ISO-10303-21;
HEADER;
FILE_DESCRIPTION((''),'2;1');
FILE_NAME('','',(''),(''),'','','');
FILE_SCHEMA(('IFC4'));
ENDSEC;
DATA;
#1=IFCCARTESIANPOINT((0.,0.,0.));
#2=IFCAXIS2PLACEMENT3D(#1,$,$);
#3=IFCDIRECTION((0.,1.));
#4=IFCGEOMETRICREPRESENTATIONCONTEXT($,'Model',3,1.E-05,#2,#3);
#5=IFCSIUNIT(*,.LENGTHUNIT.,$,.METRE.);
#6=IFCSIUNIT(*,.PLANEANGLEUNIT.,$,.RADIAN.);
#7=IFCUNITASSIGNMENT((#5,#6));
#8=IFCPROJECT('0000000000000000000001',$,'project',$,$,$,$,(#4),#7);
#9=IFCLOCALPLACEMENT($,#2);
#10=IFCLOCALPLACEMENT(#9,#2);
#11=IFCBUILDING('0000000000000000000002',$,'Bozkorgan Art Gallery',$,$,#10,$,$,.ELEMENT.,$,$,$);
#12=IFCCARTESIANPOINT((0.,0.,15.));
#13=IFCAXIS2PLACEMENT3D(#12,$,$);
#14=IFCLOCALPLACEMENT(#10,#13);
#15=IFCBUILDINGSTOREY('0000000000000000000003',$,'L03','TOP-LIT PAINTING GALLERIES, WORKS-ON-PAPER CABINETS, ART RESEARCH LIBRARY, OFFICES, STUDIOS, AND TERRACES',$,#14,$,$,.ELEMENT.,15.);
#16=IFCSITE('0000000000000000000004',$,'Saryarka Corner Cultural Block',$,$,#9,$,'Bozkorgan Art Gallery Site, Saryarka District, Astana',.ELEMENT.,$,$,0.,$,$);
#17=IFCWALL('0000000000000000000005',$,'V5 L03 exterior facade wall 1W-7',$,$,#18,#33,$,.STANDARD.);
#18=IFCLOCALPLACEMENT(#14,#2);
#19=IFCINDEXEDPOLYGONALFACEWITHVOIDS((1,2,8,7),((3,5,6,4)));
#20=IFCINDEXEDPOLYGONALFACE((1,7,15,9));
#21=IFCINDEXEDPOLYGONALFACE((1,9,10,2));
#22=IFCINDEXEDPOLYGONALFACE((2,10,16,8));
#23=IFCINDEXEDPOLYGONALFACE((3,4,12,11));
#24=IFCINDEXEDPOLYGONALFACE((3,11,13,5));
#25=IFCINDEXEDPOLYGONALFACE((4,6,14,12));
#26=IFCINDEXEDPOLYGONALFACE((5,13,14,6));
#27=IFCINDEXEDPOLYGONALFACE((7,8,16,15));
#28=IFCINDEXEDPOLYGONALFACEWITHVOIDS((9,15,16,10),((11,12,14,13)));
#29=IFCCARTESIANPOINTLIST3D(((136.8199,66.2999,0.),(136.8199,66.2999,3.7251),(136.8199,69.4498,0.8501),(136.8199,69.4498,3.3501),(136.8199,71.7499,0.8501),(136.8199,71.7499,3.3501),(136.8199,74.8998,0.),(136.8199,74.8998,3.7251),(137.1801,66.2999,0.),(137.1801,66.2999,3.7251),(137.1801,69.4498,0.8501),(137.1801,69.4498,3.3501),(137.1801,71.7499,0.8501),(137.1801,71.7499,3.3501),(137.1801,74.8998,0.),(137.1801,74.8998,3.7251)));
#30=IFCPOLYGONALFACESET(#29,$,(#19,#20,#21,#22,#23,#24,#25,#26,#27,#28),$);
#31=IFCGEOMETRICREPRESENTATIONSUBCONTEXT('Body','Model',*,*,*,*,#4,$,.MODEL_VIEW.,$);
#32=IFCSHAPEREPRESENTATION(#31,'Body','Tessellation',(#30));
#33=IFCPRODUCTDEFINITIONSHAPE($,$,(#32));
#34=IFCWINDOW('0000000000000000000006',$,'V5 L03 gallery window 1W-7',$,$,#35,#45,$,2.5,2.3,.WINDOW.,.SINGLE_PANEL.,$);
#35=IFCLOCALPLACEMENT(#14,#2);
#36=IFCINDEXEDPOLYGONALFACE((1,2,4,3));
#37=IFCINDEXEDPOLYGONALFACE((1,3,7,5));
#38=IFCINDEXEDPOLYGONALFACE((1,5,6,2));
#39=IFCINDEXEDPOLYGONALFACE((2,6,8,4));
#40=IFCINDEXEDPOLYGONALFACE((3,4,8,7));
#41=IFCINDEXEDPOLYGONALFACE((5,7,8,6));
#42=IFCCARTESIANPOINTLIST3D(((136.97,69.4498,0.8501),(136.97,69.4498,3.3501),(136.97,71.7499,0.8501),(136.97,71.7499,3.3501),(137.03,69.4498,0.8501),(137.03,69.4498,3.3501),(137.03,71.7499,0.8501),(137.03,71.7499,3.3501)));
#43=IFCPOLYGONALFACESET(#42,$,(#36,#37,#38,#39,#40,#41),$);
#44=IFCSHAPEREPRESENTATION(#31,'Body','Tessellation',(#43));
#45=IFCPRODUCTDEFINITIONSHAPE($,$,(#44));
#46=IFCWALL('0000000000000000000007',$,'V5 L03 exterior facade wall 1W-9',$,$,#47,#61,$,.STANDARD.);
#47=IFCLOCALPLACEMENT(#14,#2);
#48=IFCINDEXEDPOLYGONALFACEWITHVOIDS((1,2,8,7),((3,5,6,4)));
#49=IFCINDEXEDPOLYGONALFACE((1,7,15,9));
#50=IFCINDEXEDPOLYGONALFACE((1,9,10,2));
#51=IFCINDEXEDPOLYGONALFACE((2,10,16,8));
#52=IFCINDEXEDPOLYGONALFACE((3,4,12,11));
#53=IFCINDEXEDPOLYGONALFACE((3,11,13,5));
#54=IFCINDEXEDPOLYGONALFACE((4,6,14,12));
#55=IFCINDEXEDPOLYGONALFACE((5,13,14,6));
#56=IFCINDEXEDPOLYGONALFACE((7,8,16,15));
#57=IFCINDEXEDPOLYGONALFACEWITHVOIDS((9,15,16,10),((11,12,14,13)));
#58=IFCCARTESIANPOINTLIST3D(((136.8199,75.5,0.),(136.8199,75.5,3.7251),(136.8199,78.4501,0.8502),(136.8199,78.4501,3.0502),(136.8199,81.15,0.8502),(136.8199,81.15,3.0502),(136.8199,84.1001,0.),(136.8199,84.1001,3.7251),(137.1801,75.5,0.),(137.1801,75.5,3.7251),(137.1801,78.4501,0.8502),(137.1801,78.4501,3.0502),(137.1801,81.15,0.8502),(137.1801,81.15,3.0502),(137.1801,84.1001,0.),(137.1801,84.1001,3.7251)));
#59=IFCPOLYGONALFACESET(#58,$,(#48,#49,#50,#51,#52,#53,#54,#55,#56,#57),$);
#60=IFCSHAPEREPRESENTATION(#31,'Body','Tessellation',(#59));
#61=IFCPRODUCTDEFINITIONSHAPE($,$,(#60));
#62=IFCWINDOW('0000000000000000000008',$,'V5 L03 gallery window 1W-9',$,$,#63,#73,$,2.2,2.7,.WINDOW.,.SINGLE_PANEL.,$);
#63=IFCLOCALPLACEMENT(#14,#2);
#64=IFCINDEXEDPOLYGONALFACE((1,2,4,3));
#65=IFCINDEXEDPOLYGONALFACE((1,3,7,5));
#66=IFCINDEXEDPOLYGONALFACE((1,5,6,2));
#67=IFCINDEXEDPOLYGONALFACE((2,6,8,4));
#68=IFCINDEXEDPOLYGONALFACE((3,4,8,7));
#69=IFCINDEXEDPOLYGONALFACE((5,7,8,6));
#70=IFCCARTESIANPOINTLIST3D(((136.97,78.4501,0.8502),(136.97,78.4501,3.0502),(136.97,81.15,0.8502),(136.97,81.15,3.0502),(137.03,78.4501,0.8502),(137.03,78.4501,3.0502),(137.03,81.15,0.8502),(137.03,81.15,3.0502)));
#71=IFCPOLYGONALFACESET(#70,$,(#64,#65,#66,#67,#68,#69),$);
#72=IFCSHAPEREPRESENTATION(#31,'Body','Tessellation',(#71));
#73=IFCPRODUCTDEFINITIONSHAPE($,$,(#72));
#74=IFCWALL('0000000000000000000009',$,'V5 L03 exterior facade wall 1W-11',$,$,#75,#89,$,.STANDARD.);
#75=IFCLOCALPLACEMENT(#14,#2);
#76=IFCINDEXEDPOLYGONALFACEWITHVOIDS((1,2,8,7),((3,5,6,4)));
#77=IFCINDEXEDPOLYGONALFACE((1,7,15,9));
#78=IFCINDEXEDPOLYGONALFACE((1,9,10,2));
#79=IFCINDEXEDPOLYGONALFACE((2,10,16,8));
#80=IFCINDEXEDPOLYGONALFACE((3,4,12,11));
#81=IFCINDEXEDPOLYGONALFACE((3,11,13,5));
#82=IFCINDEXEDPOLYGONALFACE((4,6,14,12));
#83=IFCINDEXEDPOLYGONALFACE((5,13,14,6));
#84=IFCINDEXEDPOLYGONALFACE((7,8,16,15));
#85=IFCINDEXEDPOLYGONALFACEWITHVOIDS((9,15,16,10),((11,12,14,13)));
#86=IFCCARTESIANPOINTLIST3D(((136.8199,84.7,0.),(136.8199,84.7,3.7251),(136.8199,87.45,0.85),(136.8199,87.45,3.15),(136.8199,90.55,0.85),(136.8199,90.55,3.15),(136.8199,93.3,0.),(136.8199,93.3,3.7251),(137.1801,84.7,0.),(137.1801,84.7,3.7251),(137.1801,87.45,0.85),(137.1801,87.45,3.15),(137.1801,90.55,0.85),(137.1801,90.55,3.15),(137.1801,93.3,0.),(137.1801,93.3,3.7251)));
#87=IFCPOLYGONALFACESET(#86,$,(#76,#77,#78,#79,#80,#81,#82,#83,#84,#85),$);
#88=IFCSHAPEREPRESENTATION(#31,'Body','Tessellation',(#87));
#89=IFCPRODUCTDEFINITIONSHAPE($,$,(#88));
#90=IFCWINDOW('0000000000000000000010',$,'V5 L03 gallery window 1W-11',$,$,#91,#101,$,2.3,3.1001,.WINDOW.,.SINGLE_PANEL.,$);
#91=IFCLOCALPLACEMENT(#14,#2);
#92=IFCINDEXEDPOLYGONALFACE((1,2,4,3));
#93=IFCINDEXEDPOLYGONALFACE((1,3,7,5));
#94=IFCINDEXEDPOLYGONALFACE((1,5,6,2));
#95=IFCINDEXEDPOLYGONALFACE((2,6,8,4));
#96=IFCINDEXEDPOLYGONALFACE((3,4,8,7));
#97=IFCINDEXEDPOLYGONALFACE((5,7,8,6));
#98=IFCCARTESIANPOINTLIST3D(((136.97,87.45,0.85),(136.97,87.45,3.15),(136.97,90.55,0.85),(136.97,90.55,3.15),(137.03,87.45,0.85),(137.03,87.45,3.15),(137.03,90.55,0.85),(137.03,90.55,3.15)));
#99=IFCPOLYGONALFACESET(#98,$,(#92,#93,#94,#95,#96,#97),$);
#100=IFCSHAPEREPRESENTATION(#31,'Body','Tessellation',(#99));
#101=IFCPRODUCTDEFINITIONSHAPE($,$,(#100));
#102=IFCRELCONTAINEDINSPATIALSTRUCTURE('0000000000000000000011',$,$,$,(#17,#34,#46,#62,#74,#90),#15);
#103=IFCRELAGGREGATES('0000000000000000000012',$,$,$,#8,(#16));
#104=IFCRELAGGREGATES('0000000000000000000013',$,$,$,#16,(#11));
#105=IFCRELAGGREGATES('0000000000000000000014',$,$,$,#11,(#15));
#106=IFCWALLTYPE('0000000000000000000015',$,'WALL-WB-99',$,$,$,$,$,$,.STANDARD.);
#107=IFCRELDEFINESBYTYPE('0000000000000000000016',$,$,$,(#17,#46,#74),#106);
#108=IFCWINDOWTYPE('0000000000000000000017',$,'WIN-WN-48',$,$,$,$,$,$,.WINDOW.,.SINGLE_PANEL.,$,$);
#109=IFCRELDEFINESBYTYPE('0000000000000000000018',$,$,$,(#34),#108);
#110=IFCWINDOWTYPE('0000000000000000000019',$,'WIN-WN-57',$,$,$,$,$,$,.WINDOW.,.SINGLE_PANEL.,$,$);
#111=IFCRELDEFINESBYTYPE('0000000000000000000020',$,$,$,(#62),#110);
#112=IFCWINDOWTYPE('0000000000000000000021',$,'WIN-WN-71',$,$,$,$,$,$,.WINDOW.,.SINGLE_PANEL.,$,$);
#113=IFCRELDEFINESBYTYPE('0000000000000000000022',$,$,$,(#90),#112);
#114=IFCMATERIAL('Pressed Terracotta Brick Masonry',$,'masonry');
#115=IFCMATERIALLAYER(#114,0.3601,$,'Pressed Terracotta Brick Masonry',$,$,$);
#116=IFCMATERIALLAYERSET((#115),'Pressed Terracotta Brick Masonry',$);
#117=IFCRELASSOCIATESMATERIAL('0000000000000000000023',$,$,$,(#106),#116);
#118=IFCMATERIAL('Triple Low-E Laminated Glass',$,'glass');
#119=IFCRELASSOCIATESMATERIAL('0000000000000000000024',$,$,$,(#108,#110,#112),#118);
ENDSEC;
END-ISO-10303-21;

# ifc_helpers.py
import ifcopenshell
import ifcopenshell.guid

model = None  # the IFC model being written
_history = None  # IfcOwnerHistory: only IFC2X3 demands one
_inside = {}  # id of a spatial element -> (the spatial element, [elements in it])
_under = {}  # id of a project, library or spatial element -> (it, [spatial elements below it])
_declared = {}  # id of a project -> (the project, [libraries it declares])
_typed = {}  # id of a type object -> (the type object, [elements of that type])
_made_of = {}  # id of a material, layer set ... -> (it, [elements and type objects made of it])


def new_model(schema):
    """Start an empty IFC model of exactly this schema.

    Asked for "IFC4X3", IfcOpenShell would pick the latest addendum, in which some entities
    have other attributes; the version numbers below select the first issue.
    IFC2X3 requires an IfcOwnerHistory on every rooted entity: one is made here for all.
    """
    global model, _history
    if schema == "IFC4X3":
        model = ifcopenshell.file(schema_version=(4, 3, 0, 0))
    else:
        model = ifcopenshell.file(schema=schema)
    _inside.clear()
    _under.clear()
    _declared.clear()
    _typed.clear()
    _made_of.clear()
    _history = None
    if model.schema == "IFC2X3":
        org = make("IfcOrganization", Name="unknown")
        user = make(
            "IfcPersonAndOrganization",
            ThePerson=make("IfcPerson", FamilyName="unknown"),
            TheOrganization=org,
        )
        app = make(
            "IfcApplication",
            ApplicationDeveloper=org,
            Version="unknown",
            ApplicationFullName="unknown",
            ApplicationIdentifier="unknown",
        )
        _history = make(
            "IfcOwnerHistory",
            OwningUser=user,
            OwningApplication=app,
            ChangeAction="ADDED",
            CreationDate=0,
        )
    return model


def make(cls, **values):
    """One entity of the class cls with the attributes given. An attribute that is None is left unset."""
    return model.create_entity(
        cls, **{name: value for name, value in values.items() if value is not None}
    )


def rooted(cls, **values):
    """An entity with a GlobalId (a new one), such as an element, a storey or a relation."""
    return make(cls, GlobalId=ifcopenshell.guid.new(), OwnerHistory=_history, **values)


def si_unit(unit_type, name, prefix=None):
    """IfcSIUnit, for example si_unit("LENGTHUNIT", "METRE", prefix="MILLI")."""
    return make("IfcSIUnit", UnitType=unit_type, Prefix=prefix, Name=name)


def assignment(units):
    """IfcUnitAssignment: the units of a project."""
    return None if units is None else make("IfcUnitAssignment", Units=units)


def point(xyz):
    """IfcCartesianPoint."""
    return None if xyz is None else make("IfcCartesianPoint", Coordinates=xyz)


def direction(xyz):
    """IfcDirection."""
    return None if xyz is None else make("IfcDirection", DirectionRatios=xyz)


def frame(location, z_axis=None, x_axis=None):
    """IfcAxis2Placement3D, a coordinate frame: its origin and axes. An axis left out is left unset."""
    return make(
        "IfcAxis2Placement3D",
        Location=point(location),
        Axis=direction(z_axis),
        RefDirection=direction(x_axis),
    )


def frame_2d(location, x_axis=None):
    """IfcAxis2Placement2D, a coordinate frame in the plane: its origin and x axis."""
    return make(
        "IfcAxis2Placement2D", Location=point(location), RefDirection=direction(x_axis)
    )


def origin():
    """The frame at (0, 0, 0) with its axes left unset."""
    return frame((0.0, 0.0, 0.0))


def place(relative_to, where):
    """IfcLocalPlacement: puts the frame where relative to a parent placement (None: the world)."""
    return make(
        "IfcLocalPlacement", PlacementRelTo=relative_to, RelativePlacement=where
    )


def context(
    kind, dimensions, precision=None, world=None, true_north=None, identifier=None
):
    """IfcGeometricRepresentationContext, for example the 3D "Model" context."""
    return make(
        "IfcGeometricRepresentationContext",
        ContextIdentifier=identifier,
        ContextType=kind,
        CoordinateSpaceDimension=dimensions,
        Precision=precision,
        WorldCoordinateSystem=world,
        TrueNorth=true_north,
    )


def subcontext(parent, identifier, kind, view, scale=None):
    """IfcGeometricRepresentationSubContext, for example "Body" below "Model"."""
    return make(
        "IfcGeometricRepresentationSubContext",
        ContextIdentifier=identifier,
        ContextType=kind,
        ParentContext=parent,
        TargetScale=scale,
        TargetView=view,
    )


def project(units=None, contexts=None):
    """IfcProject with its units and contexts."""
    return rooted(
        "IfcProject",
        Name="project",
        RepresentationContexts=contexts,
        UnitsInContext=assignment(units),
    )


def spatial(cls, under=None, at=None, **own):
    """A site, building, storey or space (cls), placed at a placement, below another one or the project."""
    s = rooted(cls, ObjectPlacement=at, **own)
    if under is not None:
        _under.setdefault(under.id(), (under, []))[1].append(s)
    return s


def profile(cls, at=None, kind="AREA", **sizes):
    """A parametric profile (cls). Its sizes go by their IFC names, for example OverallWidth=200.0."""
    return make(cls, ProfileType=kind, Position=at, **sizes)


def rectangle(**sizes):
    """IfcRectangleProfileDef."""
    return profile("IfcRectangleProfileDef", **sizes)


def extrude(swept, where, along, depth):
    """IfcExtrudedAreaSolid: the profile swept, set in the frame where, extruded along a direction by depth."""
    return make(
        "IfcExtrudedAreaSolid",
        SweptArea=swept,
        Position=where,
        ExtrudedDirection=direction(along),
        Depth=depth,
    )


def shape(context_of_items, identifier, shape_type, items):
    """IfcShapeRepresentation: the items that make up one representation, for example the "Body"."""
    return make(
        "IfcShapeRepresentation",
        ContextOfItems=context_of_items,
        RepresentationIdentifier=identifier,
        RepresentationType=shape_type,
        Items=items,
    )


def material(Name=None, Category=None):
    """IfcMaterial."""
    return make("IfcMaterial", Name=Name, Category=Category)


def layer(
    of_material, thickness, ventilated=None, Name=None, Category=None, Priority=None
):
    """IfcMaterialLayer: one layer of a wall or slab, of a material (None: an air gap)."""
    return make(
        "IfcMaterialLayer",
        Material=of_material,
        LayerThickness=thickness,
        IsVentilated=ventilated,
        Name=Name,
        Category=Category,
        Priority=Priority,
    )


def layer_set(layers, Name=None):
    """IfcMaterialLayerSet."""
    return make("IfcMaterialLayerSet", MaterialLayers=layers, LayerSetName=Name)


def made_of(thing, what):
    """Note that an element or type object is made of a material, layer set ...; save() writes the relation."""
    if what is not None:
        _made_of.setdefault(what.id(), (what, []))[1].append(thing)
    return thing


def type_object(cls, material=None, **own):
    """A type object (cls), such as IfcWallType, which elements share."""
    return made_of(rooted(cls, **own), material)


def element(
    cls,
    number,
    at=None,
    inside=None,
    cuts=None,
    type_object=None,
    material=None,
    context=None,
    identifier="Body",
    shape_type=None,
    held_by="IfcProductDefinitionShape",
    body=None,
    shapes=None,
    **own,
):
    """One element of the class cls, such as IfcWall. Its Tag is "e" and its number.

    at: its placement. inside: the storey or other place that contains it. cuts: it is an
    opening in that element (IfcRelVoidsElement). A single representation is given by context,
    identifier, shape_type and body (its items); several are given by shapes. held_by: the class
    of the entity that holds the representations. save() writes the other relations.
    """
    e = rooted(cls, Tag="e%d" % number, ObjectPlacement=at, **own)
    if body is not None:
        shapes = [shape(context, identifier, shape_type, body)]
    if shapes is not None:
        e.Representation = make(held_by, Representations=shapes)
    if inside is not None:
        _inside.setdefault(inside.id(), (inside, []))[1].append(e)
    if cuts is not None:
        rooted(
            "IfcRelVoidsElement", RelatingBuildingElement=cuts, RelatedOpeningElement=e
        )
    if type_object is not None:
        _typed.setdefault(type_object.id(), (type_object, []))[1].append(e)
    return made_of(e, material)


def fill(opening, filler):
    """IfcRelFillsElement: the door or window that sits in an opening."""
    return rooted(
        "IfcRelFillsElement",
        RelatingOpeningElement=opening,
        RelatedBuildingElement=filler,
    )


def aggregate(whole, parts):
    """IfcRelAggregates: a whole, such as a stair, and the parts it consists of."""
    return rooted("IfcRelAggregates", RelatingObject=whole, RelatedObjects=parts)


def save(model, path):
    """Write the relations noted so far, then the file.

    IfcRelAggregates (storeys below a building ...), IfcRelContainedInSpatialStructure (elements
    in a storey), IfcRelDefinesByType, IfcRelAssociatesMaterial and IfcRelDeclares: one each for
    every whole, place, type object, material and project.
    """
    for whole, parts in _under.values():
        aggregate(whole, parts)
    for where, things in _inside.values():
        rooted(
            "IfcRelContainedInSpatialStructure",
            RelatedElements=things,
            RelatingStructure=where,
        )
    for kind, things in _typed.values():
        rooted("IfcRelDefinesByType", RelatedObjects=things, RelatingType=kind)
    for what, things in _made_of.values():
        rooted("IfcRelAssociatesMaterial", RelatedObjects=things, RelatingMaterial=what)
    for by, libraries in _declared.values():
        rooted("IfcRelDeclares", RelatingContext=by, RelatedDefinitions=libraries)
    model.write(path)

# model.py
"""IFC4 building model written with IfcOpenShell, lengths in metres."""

from ifc_helpers import new_model, si_unit, direction, frame, frame_2d, origin, place, context, subcontext, project, spatial, rectangle, extrude, material, layer, layer_set, type_object, element, fill, save


model = new_model("IFC4")

# Units and contexts
model_context = context("Model", 3, precision=1e-05, world=origin(), true_north=direction((0.0, 1.0)))
body_context = subcontext(model_context, "Body", "Model", "MODEL_VIEW")
ifc_project = project(units=[si_unit("LENGTHUNIT", "METRE"), si_unit("PLANEANGLEUNIT", "RADIAN")], contexts=[model_context])

# Site, building, storey
site_placement = place(None, origin())
site = spatial("IfcSite", under=ifc_project, at=site_placement, Name="Saryarka Corner Cultural Block", LongName="Bozkorgan Art Gallery Site, Saryarka District, Astana", CompositionType="ELEMENT", RefElevation=0.0)
building_placement = place(site_placement, origin())
building = spatial("IfcBuilding", under=site, at=building_placement, Name="Bozkorgan Art Gallery", CompositionType="ELEMENT")
storey_placement = place(building_placement, frame((0.0, 0.0, 15.0)))
storey = spatial("IfcBuildingStorey", under=building, at=storey_placement, Name="L03", Description="TOP-LIT PAINTING GALLERIES, WORKS-ON-PAPER CABINETS, ART RESEARCH LIBRARY, OFFICES, STUDIOS, AND TERRACES", CompositionType="ELEMENT", Elevation=15.0)

# Walls, openings, windows
ifc_material_1 = material(Name="Pressed Terracotta Brick Masonry", Category="masonry")
ifc_layer_1 = layer(ifc_material_1, 0.3601, Name="Pressed Terracotta Brick Masonry")
ifc_layer_set_1 = layer_set([ifc_layer_1], Name="Pressed Terracotta Brick Masonry")
wall_type = type_object("IfcWallType", Name="WALL-WB-99", PredefinedType="STANDARD", material=ifc_layer_set_1)
ifc_material_2 = material(Name="Triple Low-E Laminated Glass", Category="glass")
wall_1_placement = place(storey_placement, frame((137.0, 66.3, 0.0), z_axis=(0.0, 0.0, 1.0), x_axis=(0.0, 1.0, 0.0)))
wall_1 = element("IfcWall", 1, at=wall_1_placement, inside=storey, type_object=wall_type, Name="V5 L03 exterior facade wall 1W-7", PredefinedType="STANDARD", context=body_context, shape_type="SweptSolid", body=[
    extrude(rectangle(XDim=8.5999, YDim=0.3601, at=frame_2d((4.2998, 0.0))), origin(), (0.0, 0.0, 1.0), 3.7251),
])
opening_1_placement = place(wall_1_placement, frame((3.1499, 0.0, 0.8501)))
opening_1 = element("IfcOpeningElement", 2, at=opening_1_placement, cuts=wall_1, PredefinedType="OPENING", context=body_context, shape_type="SweptSolid", body=[
    extrude(rectangle(XDim=2.3, YDim=2.5, at=frame_2d((1.1499, 1.25))), frame((0.0, 0.1899, 0.0), z_axis=(0.0, -1.0, 0.0), x_axis=(1.0, 0.0, 0.0)), (0.0, 0.0, 1.0), 0.3801),
])
window_type_1 = type_object("IfcWindowType", Name="WIN-WN-48", PartitioningType="SINGLE_PANEL", PredefinedType="WINDOW", material=ifc_material_2)
window_1_placement = place(opening_1_placement, origin())
window_1 = element("IfcWindow", 3, at=window_1_placement, inside=storey, type_object=window_type_1, Name="V5 L03 gallery window 1W-7", OverallHeight=2.5, OverallWidth=2.3, PartitioningType="SINGLE_PANEL", PredefinedType="WINDOW", context=body_context, shape_type="SweptSolid", body=[
    extrude(rectangle(XDim=2.3, YDim=2.5, at=frame_2d((1.1499, 1.25))), frame((0.0, 0.03, 0.0), z_axis=(0.0, -1.0, 0.0), x_axis=(1.0, 0.0, 0.0)), (0.0, 0.0, 1.0), 0.0601),
])
fill(opening_1, window_1)
wall_2_placement = place(storey_placement, frame((137.0, 75.5, 0.0), z_axis=(0.0, 0.0, 1.0), x_axis=(0.0, 1.0, 0.0)))
wall_2 = element("IfcWall", 4, at=wall_2_placement, inside=storey, type_object=wall_type, Name="V5 L03 exterior facade wall 1W-9", PredefinedType="STANDARD", context=body_context, shape_type="SweptSolid", body=[
    extrude(rectangle(XDim=8.6001, YDim=0.3601, at=frame_2d((4.3, 0.0))), origin(), (0.0, 0.0, 1.0), 3.7251),
])
opening_2_placement = place(wall_2_placement, frame((2.95, 0.0, 0.8501)))
opening_2 = element("IfcOpeningElement", 5, at=opening_2_placement, cuts=wall_2, PredefinedType="OPENING", context=body_context, shape_type="SweptSolid", body=[
    extrude(rectangle(XDim=2.7, YDim=2.2, at=frame_2d((1.3501, 1.1001))), frame((0.0, 0.1899, 0.0), z_axis=(0.0, -1.0, 0.0), x_axis=(1.0, 0.0, 0.0)), (0.0, 0.0, 1.0), 0.3801),
])
window_type_2 = type_object("IfcWindowType", Name="WIN-WN-57", PartitioningType="SINGLE_PANEL", PredefinedType="WINDOW", material=ifc_material_2)
window_2_placement = place(opening_2_placement, origin())
window_2 = element("IfcWindow", 6, at=window_2_placement, inside=storey, type_object=window_type_2, Name="V5 L03 gallery window 1W-9", OverallHeight=2.2, OverallWidth=2.7, PartitioningType="SINGLE_PANEL", PredefinedType="WINDOW", context=body_context, shape_type="SweptSolid", body=[
    extrude(rectangle(XDim=2.7, YDim=2.2, at=frame_2d((1.3501, 1.1001))), frame((0.0, 0.03, 0.0), z_axis=(0.0, -1.0, 0.0), x_axis=(1.0, 0.0, 0.0)), (0.0, 0.0, 1.0), 0.0601),
])
fill(opening_2, window_2)
wall_3_placement = place(storey_placement, frame((137.0, 84.7, 0.0), z_axis=(0.0, 0.0, 1.0), x_axis=(0.0, 1.0, 0.0)))
wall_3 = element("IfcWall", 7, at=wall_3_placement, inside=storey, type_object=wall_type, Name="V5 L03 exterior facade wall 1W-11", PredefinedType="STANDARD", context=body_context, shape_type="SweptSolid", body=[
    extrude(rectangle(XDim=8.6001, YDim=0.3601, at=frame_2d((4.3, 0.0))), origin(), (0.0, 0.0, 1.0), 3.7251),
])
opening_3_placement = place(wall_3_placement, frame((2.75, 0.0, 0.8501)))
opening_3 = element("IfcOpeningElement", 8, at=opening_3_placement, cuts=wall_3, PredefinedType="OPENING", context=body_context, shape_type="SweptSolid", body=[
    extrude(rectangle(XDim=3.1001, YDim=2.3, at=frame_2d((1.55, 1.1499))), frame((0.0, 0.1899, 0.0), z_axis=(0.0, -1.0, 0.0), x_axis=(1.0, 0.0, 0.0)), (0.0, 0.0, 1.0), 0.3801),
])
window_type_3 = type_object("IfcWindowType", Name="WIN-WN-71", PartitioningType="SINGLE_PANEL", PredefinedType="WINDOW", material=ifc_material_2)
window_3_placement = place(opening_3_placement, origin())
window_3 = element("IfcWindow", 9, at=window_3_placement, inside=storey, type_object=window_type_3, Name="V5 L03 gallery window 1W-11", OverallHeight=2.3, OverallWidth=3.1001, PartitioningType="SINGLE_PANEL", PredefinedType="WINDOW", context=body_context, shape_type="SweptSolid", body=[
    extrude(rectangle(XDim=3.1001, YDim=2.3, at=frame_2d((1.55, 1.1499))), frame((0.0, 0.03, 0.0), z_axis=(0.0, -1.0, 0.0), x_axis=(1.0, 0.0, 0.0)), (0.0, 0.0, 1.0), 0.0601),
])
fill(opening_3, window_3)

save(model, "model.ifc")
